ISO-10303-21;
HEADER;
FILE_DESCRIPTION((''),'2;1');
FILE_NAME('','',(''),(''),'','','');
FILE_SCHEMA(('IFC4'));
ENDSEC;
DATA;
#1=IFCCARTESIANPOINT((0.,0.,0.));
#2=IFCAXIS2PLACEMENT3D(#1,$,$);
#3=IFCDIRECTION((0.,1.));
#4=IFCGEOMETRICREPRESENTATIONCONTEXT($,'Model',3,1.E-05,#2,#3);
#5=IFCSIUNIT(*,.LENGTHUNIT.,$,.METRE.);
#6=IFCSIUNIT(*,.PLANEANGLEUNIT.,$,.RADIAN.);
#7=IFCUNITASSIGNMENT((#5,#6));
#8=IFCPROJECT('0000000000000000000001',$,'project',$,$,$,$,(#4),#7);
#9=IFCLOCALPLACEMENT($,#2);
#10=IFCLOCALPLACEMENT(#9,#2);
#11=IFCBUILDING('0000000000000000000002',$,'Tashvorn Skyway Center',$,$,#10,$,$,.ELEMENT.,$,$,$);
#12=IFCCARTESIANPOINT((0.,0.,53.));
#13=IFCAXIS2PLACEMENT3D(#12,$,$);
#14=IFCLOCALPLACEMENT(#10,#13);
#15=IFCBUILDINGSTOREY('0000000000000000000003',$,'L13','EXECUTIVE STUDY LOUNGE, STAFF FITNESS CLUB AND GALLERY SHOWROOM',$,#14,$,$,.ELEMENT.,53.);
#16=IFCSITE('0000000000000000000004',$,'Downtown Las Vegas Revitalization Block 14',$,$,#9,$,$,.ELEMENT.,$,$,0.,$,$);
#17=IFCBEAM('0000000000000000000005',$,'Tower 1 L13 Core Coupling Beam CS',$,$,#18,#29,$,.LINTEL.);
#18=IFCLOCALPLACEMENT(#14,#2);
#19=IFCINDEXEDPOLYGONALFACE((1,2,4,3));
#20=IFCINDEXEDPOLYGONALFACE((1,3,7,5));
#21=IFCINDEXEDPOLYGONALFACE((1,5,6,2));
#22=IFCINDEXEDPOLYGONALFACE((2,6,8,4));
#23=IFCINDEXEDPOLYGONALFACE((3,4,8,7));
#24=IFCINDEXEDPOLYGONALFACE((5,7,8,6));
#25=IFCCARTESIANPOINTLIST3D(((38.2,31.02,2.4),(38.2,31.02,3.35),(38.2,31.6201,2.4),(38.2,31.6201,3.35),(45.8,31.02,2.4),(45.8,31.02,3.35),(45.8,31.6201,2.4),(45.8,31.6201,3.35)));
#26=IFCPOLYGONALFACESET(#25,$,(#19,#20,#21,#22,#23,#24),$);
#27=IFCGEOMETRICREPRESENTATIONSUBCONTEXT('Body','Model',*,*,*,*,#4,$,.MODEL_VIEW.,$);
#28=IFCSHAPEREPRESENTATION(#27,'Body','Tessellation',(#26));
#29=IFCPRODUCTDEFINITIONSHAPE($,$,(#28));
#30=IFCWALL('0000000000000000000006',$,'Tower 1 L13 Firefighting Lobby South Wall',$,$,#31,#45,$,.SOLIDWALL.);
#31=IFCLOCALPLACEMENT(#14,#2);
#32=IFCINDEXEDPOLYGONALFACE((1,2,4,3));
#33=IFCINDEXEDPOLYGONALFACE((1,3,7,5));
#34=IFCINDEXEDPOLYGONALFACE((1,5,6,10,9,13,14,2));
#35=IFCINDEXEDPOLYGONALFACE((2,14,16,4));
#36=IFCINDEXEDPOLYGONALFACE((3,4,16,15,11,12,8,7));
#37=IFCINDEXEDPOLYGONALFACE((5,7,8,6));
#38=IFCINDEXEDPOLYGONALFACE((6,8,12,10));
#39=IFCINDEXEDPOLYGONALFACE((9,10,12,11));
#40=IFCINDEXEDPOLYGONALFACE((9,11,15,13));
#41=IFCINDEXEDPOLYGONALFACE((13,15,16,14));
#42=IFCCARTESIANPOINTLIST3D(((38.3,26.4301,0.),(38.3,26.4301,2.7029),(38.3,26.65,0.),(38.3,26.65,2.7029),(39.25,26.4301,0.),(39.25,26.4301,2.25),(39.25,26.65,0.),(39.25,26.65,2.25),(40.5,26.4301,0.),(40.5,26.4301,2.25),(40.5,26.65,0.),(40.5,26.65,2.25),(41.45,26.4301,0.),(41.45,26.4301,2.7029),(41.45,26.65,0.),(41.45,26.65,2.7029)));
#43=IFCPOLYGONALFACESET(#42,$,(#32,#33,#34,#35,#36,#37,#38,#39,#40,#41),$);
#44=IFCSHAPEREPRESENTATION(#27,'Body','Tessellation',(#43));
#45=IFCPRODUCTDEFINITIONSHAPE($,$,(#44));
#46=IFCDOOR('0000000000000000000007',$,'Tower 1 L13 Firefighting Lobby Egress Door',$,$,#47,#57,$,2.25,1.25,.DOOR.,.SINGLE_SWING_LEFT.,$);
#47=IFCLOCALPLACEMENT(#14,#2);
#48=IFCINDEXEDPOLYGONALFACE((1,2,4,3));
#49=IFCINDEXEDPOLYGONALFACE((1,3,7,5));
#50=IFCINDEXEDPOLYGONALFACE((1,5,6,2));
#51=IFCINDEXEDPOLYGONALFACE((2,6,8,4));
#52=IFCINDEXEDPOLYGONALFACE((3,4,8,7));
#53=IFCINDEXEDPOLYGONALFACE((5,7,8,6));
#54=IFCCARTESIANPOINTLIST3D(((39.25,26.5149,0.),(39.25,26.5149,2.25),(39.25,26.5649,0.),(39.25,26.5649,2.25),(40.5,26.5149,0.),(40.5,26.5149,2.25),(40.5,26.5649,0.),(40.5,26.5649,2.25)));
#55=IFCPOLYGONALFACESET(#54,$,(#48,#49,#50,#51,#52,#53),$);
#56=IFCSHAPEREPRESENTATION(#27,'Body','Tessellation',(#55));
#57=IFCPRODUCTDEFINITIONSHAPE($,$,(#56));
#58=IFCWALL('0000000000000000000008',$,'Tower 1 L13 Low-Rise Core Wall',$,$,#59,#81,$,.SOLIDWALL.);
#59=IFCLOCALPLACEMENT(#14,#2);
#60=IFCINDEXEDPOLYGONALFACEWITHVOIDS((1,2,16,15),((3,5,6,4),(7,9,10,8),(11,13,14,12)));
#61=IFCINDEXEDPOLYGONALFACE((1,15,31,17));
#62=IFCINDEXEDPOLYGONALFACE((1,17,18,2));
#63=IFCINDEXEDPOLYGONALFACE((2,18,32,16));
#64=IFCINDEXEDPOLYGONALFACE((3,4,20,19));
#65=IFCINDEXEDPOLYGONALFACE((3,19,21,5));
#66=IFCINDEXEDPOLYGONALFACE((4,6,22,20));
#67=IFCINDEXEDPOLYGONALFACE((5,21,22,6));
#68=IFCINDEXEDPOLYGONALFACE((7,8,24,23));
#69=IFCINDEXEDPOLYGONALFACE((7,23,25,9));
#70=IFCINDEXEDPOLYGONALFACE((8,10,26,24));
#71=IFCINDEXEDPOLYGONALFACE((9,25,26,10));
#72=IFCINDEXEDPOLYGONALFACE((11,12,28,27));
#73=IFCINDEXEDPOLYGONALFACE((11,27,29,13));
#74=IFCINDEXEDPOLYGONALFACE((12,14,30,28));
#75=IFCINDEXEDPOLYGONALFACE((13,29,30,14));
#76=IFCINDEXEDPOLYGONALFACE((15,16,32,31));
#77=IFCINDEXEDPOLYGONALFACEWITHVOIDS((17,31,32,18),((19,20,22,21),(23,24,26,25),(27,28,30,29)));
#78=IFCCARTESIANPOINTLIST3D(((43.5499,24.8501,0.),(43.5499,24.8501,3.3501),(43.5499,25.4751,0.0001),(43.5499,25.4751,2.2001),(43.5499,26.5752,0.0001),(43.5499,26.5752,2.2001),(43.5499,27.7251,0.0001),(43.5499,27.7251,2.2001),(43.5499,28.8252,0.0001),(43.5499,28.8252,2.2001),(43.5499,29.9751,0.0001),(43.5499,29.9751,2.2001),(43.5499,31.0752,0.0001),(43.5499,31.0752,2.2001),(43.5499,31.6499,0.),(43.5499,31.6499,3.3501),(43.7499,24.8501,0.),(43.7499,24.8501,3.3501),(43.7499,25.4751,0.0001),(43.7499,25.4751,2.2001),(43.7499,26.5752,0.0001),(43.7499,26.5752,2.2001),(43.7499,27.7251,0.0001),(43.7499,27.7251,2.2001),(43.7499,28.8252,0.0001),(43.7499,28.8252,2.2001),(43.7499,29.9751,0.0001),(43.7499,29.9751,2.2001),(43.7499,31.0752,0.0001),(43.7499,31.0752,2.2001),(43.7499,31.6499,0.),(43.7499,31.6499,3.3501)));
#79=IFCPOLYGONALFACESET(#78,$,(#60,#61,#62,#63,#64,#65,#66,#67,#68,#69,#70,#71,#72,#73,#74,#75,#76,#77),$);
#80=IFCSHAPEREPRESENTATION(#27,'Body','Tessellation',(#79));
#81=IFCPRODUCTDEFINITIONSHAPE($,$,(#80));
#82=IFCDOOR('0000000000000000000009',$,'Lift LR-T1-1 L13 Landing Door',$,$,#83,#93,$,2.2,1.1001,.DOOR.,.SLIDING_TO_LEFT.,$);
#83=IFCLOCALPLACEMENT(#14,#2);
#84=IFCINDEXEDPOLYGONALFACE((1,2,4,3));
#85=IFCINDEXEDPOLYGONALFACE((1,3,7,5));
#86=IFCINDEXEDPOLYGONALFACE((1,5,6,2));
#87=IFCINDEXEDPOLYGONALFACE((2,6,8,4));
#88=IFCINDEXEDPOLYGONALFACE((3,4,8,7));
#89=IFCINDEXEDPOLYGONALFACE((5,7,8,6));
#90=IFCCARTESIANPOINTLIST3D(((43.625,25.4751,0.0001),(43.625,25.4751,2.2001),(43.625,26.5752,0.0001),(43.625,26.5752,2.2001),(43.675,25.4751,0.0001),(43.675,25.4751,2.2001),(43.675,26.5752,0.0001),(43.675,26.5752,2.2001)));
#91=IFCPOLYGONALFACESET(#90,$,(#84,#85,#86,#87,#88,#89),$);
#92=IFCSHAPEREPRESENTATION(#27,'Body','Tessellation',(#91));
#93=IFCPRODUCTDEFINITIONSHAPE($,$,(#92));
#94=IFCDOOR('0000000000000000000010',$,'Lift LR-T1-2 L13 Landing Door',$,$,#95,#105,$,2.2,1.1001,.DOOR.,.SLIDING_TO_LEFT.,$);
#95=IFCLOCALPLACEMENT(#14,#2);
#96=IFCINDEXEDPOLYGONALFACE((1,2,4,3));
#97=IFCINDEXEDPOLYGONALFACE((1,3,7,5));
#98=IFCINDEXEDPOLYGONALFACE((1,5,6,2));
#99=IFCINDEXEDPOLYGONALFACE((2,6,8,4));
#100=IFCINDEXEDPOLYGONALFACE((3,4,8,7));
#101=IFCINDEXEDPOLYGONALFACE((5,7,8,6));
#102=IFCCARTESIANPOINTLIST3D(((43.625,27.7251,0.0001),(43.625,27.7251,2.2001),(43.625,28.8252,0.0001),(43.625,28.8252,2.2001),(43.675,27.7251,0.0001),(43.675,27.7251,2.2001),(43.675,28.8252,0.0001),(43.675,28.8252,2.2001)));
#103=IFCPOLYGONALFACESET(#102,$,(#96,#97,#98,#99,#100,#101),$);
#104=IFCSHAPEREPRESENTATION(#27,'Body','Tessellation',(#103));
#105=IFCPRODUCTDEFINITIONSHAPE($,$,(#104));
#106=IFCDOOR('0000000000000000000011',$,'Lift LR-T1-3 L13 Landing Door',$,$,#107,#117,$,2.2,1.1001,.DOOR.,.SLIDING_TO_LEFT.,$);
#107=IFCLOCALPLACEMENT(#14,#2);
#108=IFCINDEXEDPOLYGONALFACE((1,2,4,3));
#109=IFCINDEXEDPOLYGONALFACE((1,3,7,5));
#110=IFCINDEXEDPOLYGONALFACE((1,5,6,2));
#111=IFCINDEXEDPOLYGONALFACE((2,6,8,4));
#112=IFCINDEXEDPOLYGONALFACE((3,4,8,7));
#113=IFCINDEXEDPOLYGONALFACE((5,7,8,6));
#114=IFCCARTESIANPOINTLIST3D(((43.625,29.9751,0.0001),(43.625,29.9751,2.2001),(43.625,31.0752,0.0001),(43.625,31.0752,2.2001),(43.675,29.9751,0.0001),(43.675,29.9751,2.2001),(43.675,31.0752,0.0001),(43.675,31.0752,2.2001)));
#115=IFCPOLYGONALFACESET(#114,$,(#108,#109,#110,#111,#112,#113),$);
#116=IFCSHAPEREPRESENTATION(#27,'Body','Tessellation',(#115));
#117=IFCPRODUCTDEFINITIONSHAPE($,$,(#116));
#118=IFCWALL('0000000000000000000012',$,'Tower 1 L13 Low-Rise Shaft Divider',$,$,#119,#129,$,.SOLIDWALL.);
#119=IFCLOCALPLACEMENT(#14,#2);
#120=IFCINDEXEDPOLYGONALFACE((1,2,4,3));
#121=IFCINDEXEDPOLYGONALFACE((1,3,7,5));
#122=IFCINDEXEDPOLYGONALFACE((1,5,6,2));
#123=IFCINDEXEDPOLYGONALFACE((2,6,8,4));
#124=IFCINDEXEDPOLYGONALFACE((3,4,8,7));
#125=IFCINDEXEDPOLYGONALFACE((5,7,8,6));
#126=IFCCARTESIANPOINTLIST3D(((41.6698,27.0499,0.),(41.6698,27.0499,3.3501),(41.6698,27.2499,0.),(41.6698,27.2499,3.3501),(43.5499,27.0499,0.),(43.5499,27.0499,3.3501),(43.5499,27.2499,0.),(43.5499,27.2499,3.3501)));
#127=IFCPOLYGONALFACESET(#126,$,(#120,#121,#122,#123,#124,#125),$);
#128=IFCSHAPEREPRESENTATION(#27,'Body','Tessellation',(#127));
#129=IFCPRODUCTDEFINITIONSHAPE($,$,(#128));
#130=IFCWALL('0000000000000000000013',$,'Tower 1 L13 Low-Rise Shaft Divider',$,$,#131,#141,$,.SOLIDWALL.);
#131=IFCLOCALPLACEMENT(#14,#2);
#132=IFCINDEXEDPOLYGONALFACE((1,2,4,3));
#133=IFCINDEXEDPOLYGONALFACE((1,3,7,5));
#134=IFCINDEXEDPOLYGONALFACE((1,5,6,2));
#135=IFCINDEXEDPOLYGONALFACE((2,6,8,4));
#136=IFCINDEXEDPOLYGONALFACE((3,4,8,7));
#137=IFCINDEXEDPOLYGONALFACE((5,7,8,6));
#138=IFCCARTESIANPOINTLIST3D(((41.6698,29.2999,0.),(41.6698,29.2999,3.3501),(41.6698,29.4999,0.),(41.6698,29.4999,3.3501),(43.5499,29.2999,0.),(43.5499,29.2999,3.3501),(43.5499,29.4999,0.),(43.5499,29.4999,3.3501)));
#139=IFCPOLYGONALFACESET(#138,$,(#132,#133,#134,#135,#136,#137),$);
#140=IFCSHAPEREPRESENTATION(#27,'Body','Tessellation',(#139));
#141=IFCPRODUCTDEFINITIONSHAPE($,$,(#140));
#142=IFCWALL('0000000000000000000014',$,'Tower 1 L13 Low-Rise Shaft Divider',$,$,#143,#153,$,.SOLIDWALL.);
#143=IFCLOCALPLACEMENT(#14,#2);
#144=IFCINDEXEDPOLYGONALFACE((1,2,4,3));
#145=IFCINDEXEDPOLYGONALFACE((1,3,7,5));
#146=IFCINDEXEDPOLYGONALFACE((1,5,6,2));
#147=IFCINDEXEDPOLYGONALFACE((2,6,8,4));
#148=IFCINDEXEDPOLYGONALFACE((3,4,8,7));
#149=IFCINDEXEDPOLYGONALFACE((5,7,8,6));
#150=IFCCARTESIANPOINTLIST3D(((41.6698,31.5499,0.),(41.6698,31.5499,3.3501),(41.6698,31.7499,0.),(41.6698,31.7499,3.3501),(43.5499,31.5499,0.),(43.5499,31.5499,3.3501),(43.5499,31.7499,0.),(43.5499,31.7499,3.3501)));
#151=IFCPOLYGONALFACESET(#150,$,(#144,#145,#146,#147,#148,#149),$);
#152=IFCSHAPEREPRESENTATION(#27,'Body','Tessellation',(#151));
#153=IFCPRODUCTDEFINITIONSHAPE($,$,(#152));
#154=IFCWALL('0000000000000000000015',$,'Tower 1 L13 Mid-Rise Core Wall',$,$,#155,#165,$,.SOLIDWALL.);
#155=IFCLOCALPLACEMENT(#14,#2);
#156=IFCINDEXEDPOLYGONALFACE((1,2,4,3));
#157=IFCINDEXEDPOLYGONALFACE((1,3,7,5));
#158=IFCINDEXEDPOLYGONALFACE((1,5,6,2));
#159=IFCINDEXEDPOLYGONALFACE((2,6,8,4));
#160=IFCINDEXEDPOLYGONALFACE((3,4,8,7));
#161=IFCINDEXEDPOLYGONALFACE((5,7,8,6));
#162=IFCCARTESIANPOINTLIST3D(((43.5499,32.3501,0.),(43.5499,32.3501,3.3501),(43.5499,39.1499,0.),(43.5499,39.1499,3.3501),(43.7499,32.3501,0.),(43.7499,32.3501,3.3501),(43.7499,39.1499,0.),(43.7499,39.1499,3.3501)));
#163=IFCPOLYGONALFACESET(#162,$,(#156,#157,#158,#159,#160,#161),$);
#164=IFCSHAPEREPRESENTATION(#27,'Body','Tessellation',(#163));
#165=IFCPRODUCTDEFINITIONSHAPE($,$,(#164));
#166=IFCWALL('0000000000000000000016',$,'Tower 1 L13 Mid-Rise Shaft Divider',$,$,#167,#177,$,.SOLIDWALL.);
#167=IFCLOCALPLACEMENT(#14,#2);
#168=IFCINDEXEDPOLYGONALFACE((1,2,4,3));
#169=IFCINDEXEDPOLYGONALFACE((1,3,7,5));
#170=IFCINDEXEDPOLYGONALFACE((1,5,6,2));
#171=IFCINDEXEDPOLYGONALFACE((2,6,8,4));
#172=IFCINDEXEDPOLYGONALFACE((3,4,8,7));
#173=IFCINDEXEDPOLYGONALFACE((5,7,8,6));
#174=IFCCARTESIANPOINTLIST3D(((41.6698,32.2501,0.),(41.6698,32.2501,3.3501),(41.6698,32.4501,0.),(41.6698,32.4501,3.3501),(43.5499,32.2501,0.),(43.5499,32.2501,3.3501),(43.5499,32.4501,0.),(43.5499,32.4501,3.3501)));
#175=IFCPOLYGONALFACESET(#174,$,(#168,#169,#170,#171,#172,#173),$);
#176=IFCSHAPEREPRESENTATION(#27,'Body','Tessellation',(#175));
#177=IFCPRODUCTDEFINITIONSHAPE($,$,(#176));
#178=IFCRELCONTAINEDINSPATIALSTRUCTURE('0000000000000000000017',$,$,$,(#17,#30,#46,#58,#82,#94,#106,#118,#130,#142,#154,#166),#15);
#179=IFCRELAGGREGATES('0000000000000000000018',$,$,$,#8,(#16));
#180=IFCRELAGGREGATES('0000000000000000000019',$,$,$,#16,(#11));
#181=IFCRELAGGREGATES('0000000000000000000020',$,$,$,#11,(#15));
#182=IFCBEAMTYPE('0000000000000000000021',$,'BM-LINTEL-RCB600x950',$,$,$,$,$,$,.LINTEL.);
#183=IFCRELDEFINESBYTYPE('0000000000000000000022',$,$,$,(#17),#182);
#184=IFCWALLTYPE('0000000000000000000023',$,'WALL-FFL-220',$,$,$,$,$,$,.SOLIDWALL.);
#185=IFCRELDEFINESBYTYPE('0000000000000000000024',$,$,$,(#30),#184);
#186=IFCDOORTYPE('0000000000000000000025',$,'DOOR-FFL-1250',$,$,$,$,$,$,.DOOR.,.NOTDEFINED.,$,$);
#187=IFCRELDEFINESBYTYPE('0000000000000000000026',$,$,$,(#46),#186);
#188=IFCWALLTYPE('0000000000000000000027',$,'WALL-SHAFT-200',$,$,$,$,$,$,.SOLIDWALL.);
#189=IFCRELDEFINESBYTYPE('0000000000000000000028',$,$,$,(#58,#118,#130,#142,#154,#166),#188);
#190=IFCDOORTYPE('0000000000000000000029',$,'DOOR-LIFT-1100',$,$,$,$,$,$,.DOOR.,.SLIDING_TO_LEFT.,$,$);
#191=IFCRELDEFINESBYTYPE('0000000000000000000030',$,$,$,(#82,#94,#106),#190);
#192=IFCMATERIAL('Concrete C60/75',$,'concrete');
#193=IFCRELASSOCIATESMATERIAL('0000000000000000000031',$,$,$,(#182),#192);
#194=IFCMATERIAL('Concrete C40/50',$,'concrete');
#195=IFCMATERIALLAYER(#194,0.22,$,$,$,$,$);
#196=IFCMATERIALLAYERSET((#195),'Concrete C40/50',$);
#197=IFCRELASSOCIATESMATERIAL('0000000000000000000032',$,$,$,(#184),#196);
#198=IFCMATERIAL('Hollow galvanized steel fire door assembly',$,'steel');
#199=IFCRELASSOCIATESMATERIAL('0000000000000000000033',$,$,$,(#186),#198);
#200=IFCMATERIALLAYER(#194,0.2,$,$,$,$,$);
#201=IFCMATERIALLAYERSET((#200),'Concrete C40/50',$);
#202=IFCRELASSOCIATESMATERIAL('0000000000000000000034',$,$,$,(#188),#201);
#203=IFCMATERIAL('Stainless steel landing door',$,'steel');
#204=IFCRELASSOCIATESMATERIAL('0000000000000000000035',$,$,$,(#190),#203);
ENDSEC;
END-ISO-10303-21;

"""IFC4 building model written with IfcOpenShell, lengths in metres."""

from ifc_helpers import new_model, si_unit, direction, frame, frame_2d, origin, origin_2d, place, context, subcontext, project, spatial, rectangle, extrude, material, layer, layer_set, material_profile, profile_set, type_object, element, fill, save


model = new_model("IFC4")

# Units and contexts
model_context = context("Model", 3, precision=1e-05, world=origin(), true_north=direction((0.0, 1.0)))
body_context = subcontext(model_context, "Body", "Model", "MODEL_VIEW")
ifc_project = project(units=[si_unit("LENGTHUNIT", "METRE"), si_unit("PLANEANGLEUNIT", "RADIAN")], contexts=[model_context])

# Site, building, storey
site_placement = place(None, origin())
site = spatial("IfcSite", under=ifc_project, at=site_placement, Name="Downtown Las Vegas Revitalization Block 14", CompositionType="ELEMENT", RefElevation=0.0)
building_placement = place(site_placement, origin())
building = spatial("IfcBuilding", under=site, at=building_placement, Name="Tashvorn Skyway Center", CompositionType="ELEMENT")
storey_placement = place(building_placement, frame((0.0, 0.0, 53.0)))
storey = spatial("IfcBuildingStorey", under=building, at=storey_placement, Name="L13", Description="EXECUTIVE STUDY LOUNGE, STAFF FITNESS CLUB AND GALLERY SHOWROOM", CompositionType="ELEMENT", Elevation=53.0)

# Beam
ifc_material_1 = material(Name="Concrete C60/75", Category="concrete")
ifc_material_profile = material_profile(ifc_material_1, rectangle(XDim=0.6001, YDim=0.95, at=origin_2d()), Name="RCB600x950")
ifc_profile_set = profile_set([ifc_material_profile], Name="Concrete C60/75")
beam_type = type_object("IfcBeamType", Name="BM-LINTEL-RCB600x950", PredefinedType="LINTEL", material=ifc_profile_set)
beam_placement = place(storey_placement, frame((38.2, 31.3201, 2.875), z_axis=(1.0, 0.0, 0.0), x_axis=(0.0, 1.0, 0.0)))
element("IfcBeam", 1, at=beam_placement, inside=storey, type_object=beam_type, Name="Tower 1 L13 Core Coupling Beam CS", PredefinedType="LINTEL", context=body_context, shape_type="SweptSolid", body=[
    extrude(rectangle(XDim=0.6001, YDim=0.95, at=origin_2d()), origin(), (0.0, 0.0, 1.0), 7.6001),
])

# Wall, opening, door
ifc_material_2 = material(Name="Concrete C40/50", Category="concrete")
ifc_layer_1 = layer(ifc_material_2, 0.22)
ifc_layer_set_1 = layer_set([ifc_layer_1], Name="Concrete C40/50")
wall_type_1 = type_object("IfcWallType", Name="WALL-FFL-220", PredefinedType="SOLIDWALL", material=ifc_layer_set_1)
wall_1_placement = place(storey_placement, frame((38.3, 26.54, 0.0), z_axis=(0.0, 0.0, 1.0), x_axis=(1.0, 0.0, 0.0)))
wall_1 = element("IfcWall", 2, at=wall_1_placement, inside=storey, type_object=wall_type_1, Name="Tower 1 L13 Firefighting Lobby South Wall", PredefinedType="SOLIDWALL", context=body_context, shape_type="SweptSolid", body=[
    extrude(rectangle(XDim=3.1499, YDim=0.22, at=frame_2d((1.575, 0.0))), origin(), (0.0, 0.0, 1.0), 2.7029),
])
opening_1_placement = place(wall_1_placement, frame((0.95, 0.0, 0.0)))
opening_1 = element("IfcOpeningElement", 3, at=opening_1_placement, cuts=wall_1, PredefinedType="OPENING", context=body_context, shape_type="SweptSolid", body=[
    extrude(rectangle(XDim=1.25, YDim=2.25, at=frame_2d((0.625, 1.125))), frame((0.0, 0.1199, 0.0), z_axis=(0.0, -1.0, 0.0), x_axis=(1.0, 0.0, 0.0)), (0.0, 0.0, 1.0), 0.24),
])
ifc_material_3 = material(Name="Hollow galvanized steel fire door assembly", Category="steel")
door_type_1 = type_object("IfcDoorType", Name="DOOR-FFL-1250", OperationType="NOTDEFINED", PredefinedType="DOOR", material=ifc_material_3)
door_1_placement = place(opening_1_placement, origin())
door_1 = element("IfcDoor", 4, at=door_1_placement, inside=storey, type_object=door_type_1, Name="Tower 1 L13 Firefighting Lobby Egress Door", OperationType="SINGLE_SWING_LEFT", OverallHeight=2.25, OverallWidth=1.25, PredefinedType="DOOR", context=body_context, shape_type="SweptSolid", body=[
    extrude(rectangle(XDim=1.25, YDim=2.25, at=frame_2d((0.625, 1.125))), frame((0.0, 0.0249, 0.0), z_axis=(0.0, -1.0, 0.0), x_axis=(1.0, 0.0, 0.0)), (0.0, 0.0, 1.0), 0.05),
])
fill(opening_1, door_1)

# Wall, openings, doors
ifc_layer_2 = layer(ifc_material_2, 0.2)
ifc_layer_set_2 = layer_set([ifc_layer_2], Name="Concrete C40/50")
wall_type_2 = type_object("IfcWallType", Name="WALL-SHAFT-200", PredefinedType="SOLIDWALL", material=ifc_layer_set_2)
wall_2_placement = place(storey_placement, frame((43.6499, 24.8501, 0.0), z_axis=(0.0, 0.0, 1.0), x_axis=(0.0, 1.0, 0.0)))
wall_2 = element("IfcWall", 5, at=wall_2_placement, inside=storey, type_object=wall_type_2, Name="Tower 1 L13 Low-Rise Core Wall", PredefinedType="SOLIDWALL", context=body_context, shape_type="SweptSolid", body=[
    extrude(rectangle(XDim=6.7998, YDim=0.2, at=frame_2d((3.3999, 0.0))), origin(), (0.0, 0.0, 1.0), 3.3501),
])
opening_2_placement = place(wall_2_placement, frame((0.625, 0.0, 0.0)))
opening_2 = element("IfcOpeningElement", 6, at=opening_2_placement, cuts=wall_2, PredefinedType="OPENING", context=body_context, shape_type="SweptSolid", body=[
    extrude(rectangle(XDim=1.1001, YDim=2.2, at=frame_2d((0.55, 1.1001))), frame((0.0, 0.1099, 0.0), z_axis=(0.0, -1.0, 0.0), x_axis=(1.0, 0.0, 0.0)), (0.0, 0.0, 1.0), 0.22),
])
opening_3_placement = place(wall_2_placement, frame((2.875, 0.0, 0.0)))
opening_3 = element("IfcOpeningElement", 7, at=opening_3_placement, cuts=wall_2, PredefinedType="OPENING", context=body_context, shape_type="SweptSolid", body=[
    extrude(rectangle(XDim=1.1001, YDim=2.2, at=frame_2d((0.55, 1.1001))), frame((0.0, 0.1099, 0.0), z_axis=(0.0, -1.0, 0.0), x_axis=(1.0, 0.0, 0.0)), (0.0, 0.0, 1.0), 0.22),
])
opening_4_placement = place(wall_2_placement, frame((5.125, 0.0, 0.0)))
opening_4 = element("IfcOpeningElement", 8, at=opening_4_placement, cuts=wall_2, PredefinedType="OPENING", context=body_context, shape_type="SweptSolid", body=[
    extrude(rectangle(XDim=1.1001, YDim=2.2, at=frame_2d((0.55, 1.1001))), frame((0.0, 0.1099, 0.0), z_axis=(0.0, -1.0, 0.0), x_axis=(1.0, 0.0, 0.0)), (0.0, 0.0, 1.0), 0.22),
])
ifc_material_4 = material(Name="Stainless steel landing door", Category="steel")
door_type_2 = type_object("IfcDoorType", Name="DOOR-LIFT-1100", OperationType="SLIDING_TO_LEFT", PredefinedType="DOOR", material=ifc_material_4)
door_2_placement = place(opening_2_placement, origin())
door_2 = element("IfcDoor", 9, at=door_2_placement, inside=storey, type_object=door_type_2, Name="Lift LR-T1-1 L13 Landing Door", OperationType="SLIDING_TO_LEFT", OverallHeight=2.2, OverallWidth=1.1001, PredefinedType="DOOR", context=body_context, shape_type="SweptSolid", body=[
    extrude(rectangle(XDim=1.1001, YDim=2.2, at=frame_2d((0.55, 1.1001))), frame((0.0, 0.0249, 0.0), z_axis=(0.0, -1.0, 0.0), x_axis=(1.0, 0.0, 0.0)), (0.0, 0.0, 1.0), 0.05),
])
fill(opening_2, door_2)
door_3_placement = place(opening_3_placement, origin())
door_3 = element("IfcDoor", 10, at=door_3_placement, inside=storey, type_object=door_type_2, Name="Lift LR-T1-2 L13 Landing Door", OperationType="SLIDING_TO_LEFT", OverallHeight=2.2, OverallWidth=1.1001, PredefinedType="DOOR", context=body_context, shape_type="SweptSolid", body=[
    extrude(rectangle(XDim=1.1001, YDim=2.2, at=frame_2d((0.55, 1.1001))), frame((0.0, 0.0249, 0.0), z_axis=(0.0, -1.0, 0.0), x_axis=(1.0, 0.0, 0.0)), (0.0, 0.0, 1.0), 0.05),
])
fill(opening_3, door_3)
door_4_placement = place(opening_4_placement, origin())
door_4 = element("IfcDoor", 11, at=door_4_placement, inside=storey, type_object=door_type_2, Name="Lift LR-T1-3 L13 Landing Door", OperationType="SLIDING_TO_LEFT", OverallHeight=2.2, OverallWidth=1.1001, PredefinedType="DOOR", context=body_context, shape_type="SweptSolid", body=[
    extrude(rectangle(XDim=1.1001, YDim=2.2, at=frame_2d((0.55, 1.1001))), frame((0.0, 0.0249, 0.0), z_axis=(0.0, -1.0, 0.0), x_axis=(1.0, 0.0, 0.0)), (0.0, 0.0, 1.0), 0.05),
])
fill(opening_4, door_4)

# Walls
for number, where, z_axis, x_axis, name in (
    (12, (41.6699, 27.1499, 0.0), (0.0, 0.0, 1.0), (1.0, 0.0, 0.0), "Tower 1 L13 Low-Rise Shaft Divider"),
    (13, (41.6699, 29.3999, 0.0), (0.0, 0.0, 1.0), (1.0, 0.0, 0.0), "Tower 1 L13 Low-Rise Shaft Divider"),
    (14, (41.6699, 31.6499, 0.0), (0.0, 0.0, 1.0), (1.0, 0.0, 0.0), "Tower 1 L13 Low-Rise Shaft Divider"),
):
    element("IfcWall", number, at=place(storey_placement, frame(where, z_axis=z_axis, x_axis=x_axis)), inside=storey, type_object=wall_type_2, Name=name, PredefinedType="SOLIDWALL", context=body_context, shape_type="SweptSolid", body=[
        extrude(rectangle(XDim=1.8801, YDim=0.2, at=frame_2d((0.9399, 0.0))), origin(), (0.0, 0.0, 1.0), 3.3501),
    ])
wall_3_placement = place(storey_placement, frame((43.6499, 32.3501, 0.0), z_axis=(0.0, 0.0, 1.0), x_axis=(0.0, 1.0, 0.0)))
element("IfcWall", 15, at=wall_3_placement, inside=storey, type_object=wall_type_2, Name="Tower 1 L13 Mid-Rise Core Wall", PredefinedType="SOLIDWALL", context=body_context, shape_type="SweptSolid", body=[
    extrude(rectangle(XDim=6.7998, YDim=0.2, at=frame_2d((3.3999, 0.0))), origin(), (0.0, 0.0, 1.0), 3.3501),
])
wall_4_placement = place(storey_placement, frame((41.6699, 32.3501, 0.0), z_axis=(0.0, 0.0, 1.0), x_axis=(1.0, 0.0, 0.0)))
element("IfcWall", 16, at=wall_4_placement, inside=storey, type_object=wall_type_2, Name="Tower 1 L13 Mid-Rise Shaft Divider", PredefinedType="SOLIDWALL", context=body_context, shape_type="SweptSolid", body=[
    extrude(rectangle(XDim=1.8801, YDim=0.2, at=frame_2d((0.9399, 0.0))), origin(), (0.0, 0.0, 1.0), 3.3501),
])

save(model, "model.ifc")
